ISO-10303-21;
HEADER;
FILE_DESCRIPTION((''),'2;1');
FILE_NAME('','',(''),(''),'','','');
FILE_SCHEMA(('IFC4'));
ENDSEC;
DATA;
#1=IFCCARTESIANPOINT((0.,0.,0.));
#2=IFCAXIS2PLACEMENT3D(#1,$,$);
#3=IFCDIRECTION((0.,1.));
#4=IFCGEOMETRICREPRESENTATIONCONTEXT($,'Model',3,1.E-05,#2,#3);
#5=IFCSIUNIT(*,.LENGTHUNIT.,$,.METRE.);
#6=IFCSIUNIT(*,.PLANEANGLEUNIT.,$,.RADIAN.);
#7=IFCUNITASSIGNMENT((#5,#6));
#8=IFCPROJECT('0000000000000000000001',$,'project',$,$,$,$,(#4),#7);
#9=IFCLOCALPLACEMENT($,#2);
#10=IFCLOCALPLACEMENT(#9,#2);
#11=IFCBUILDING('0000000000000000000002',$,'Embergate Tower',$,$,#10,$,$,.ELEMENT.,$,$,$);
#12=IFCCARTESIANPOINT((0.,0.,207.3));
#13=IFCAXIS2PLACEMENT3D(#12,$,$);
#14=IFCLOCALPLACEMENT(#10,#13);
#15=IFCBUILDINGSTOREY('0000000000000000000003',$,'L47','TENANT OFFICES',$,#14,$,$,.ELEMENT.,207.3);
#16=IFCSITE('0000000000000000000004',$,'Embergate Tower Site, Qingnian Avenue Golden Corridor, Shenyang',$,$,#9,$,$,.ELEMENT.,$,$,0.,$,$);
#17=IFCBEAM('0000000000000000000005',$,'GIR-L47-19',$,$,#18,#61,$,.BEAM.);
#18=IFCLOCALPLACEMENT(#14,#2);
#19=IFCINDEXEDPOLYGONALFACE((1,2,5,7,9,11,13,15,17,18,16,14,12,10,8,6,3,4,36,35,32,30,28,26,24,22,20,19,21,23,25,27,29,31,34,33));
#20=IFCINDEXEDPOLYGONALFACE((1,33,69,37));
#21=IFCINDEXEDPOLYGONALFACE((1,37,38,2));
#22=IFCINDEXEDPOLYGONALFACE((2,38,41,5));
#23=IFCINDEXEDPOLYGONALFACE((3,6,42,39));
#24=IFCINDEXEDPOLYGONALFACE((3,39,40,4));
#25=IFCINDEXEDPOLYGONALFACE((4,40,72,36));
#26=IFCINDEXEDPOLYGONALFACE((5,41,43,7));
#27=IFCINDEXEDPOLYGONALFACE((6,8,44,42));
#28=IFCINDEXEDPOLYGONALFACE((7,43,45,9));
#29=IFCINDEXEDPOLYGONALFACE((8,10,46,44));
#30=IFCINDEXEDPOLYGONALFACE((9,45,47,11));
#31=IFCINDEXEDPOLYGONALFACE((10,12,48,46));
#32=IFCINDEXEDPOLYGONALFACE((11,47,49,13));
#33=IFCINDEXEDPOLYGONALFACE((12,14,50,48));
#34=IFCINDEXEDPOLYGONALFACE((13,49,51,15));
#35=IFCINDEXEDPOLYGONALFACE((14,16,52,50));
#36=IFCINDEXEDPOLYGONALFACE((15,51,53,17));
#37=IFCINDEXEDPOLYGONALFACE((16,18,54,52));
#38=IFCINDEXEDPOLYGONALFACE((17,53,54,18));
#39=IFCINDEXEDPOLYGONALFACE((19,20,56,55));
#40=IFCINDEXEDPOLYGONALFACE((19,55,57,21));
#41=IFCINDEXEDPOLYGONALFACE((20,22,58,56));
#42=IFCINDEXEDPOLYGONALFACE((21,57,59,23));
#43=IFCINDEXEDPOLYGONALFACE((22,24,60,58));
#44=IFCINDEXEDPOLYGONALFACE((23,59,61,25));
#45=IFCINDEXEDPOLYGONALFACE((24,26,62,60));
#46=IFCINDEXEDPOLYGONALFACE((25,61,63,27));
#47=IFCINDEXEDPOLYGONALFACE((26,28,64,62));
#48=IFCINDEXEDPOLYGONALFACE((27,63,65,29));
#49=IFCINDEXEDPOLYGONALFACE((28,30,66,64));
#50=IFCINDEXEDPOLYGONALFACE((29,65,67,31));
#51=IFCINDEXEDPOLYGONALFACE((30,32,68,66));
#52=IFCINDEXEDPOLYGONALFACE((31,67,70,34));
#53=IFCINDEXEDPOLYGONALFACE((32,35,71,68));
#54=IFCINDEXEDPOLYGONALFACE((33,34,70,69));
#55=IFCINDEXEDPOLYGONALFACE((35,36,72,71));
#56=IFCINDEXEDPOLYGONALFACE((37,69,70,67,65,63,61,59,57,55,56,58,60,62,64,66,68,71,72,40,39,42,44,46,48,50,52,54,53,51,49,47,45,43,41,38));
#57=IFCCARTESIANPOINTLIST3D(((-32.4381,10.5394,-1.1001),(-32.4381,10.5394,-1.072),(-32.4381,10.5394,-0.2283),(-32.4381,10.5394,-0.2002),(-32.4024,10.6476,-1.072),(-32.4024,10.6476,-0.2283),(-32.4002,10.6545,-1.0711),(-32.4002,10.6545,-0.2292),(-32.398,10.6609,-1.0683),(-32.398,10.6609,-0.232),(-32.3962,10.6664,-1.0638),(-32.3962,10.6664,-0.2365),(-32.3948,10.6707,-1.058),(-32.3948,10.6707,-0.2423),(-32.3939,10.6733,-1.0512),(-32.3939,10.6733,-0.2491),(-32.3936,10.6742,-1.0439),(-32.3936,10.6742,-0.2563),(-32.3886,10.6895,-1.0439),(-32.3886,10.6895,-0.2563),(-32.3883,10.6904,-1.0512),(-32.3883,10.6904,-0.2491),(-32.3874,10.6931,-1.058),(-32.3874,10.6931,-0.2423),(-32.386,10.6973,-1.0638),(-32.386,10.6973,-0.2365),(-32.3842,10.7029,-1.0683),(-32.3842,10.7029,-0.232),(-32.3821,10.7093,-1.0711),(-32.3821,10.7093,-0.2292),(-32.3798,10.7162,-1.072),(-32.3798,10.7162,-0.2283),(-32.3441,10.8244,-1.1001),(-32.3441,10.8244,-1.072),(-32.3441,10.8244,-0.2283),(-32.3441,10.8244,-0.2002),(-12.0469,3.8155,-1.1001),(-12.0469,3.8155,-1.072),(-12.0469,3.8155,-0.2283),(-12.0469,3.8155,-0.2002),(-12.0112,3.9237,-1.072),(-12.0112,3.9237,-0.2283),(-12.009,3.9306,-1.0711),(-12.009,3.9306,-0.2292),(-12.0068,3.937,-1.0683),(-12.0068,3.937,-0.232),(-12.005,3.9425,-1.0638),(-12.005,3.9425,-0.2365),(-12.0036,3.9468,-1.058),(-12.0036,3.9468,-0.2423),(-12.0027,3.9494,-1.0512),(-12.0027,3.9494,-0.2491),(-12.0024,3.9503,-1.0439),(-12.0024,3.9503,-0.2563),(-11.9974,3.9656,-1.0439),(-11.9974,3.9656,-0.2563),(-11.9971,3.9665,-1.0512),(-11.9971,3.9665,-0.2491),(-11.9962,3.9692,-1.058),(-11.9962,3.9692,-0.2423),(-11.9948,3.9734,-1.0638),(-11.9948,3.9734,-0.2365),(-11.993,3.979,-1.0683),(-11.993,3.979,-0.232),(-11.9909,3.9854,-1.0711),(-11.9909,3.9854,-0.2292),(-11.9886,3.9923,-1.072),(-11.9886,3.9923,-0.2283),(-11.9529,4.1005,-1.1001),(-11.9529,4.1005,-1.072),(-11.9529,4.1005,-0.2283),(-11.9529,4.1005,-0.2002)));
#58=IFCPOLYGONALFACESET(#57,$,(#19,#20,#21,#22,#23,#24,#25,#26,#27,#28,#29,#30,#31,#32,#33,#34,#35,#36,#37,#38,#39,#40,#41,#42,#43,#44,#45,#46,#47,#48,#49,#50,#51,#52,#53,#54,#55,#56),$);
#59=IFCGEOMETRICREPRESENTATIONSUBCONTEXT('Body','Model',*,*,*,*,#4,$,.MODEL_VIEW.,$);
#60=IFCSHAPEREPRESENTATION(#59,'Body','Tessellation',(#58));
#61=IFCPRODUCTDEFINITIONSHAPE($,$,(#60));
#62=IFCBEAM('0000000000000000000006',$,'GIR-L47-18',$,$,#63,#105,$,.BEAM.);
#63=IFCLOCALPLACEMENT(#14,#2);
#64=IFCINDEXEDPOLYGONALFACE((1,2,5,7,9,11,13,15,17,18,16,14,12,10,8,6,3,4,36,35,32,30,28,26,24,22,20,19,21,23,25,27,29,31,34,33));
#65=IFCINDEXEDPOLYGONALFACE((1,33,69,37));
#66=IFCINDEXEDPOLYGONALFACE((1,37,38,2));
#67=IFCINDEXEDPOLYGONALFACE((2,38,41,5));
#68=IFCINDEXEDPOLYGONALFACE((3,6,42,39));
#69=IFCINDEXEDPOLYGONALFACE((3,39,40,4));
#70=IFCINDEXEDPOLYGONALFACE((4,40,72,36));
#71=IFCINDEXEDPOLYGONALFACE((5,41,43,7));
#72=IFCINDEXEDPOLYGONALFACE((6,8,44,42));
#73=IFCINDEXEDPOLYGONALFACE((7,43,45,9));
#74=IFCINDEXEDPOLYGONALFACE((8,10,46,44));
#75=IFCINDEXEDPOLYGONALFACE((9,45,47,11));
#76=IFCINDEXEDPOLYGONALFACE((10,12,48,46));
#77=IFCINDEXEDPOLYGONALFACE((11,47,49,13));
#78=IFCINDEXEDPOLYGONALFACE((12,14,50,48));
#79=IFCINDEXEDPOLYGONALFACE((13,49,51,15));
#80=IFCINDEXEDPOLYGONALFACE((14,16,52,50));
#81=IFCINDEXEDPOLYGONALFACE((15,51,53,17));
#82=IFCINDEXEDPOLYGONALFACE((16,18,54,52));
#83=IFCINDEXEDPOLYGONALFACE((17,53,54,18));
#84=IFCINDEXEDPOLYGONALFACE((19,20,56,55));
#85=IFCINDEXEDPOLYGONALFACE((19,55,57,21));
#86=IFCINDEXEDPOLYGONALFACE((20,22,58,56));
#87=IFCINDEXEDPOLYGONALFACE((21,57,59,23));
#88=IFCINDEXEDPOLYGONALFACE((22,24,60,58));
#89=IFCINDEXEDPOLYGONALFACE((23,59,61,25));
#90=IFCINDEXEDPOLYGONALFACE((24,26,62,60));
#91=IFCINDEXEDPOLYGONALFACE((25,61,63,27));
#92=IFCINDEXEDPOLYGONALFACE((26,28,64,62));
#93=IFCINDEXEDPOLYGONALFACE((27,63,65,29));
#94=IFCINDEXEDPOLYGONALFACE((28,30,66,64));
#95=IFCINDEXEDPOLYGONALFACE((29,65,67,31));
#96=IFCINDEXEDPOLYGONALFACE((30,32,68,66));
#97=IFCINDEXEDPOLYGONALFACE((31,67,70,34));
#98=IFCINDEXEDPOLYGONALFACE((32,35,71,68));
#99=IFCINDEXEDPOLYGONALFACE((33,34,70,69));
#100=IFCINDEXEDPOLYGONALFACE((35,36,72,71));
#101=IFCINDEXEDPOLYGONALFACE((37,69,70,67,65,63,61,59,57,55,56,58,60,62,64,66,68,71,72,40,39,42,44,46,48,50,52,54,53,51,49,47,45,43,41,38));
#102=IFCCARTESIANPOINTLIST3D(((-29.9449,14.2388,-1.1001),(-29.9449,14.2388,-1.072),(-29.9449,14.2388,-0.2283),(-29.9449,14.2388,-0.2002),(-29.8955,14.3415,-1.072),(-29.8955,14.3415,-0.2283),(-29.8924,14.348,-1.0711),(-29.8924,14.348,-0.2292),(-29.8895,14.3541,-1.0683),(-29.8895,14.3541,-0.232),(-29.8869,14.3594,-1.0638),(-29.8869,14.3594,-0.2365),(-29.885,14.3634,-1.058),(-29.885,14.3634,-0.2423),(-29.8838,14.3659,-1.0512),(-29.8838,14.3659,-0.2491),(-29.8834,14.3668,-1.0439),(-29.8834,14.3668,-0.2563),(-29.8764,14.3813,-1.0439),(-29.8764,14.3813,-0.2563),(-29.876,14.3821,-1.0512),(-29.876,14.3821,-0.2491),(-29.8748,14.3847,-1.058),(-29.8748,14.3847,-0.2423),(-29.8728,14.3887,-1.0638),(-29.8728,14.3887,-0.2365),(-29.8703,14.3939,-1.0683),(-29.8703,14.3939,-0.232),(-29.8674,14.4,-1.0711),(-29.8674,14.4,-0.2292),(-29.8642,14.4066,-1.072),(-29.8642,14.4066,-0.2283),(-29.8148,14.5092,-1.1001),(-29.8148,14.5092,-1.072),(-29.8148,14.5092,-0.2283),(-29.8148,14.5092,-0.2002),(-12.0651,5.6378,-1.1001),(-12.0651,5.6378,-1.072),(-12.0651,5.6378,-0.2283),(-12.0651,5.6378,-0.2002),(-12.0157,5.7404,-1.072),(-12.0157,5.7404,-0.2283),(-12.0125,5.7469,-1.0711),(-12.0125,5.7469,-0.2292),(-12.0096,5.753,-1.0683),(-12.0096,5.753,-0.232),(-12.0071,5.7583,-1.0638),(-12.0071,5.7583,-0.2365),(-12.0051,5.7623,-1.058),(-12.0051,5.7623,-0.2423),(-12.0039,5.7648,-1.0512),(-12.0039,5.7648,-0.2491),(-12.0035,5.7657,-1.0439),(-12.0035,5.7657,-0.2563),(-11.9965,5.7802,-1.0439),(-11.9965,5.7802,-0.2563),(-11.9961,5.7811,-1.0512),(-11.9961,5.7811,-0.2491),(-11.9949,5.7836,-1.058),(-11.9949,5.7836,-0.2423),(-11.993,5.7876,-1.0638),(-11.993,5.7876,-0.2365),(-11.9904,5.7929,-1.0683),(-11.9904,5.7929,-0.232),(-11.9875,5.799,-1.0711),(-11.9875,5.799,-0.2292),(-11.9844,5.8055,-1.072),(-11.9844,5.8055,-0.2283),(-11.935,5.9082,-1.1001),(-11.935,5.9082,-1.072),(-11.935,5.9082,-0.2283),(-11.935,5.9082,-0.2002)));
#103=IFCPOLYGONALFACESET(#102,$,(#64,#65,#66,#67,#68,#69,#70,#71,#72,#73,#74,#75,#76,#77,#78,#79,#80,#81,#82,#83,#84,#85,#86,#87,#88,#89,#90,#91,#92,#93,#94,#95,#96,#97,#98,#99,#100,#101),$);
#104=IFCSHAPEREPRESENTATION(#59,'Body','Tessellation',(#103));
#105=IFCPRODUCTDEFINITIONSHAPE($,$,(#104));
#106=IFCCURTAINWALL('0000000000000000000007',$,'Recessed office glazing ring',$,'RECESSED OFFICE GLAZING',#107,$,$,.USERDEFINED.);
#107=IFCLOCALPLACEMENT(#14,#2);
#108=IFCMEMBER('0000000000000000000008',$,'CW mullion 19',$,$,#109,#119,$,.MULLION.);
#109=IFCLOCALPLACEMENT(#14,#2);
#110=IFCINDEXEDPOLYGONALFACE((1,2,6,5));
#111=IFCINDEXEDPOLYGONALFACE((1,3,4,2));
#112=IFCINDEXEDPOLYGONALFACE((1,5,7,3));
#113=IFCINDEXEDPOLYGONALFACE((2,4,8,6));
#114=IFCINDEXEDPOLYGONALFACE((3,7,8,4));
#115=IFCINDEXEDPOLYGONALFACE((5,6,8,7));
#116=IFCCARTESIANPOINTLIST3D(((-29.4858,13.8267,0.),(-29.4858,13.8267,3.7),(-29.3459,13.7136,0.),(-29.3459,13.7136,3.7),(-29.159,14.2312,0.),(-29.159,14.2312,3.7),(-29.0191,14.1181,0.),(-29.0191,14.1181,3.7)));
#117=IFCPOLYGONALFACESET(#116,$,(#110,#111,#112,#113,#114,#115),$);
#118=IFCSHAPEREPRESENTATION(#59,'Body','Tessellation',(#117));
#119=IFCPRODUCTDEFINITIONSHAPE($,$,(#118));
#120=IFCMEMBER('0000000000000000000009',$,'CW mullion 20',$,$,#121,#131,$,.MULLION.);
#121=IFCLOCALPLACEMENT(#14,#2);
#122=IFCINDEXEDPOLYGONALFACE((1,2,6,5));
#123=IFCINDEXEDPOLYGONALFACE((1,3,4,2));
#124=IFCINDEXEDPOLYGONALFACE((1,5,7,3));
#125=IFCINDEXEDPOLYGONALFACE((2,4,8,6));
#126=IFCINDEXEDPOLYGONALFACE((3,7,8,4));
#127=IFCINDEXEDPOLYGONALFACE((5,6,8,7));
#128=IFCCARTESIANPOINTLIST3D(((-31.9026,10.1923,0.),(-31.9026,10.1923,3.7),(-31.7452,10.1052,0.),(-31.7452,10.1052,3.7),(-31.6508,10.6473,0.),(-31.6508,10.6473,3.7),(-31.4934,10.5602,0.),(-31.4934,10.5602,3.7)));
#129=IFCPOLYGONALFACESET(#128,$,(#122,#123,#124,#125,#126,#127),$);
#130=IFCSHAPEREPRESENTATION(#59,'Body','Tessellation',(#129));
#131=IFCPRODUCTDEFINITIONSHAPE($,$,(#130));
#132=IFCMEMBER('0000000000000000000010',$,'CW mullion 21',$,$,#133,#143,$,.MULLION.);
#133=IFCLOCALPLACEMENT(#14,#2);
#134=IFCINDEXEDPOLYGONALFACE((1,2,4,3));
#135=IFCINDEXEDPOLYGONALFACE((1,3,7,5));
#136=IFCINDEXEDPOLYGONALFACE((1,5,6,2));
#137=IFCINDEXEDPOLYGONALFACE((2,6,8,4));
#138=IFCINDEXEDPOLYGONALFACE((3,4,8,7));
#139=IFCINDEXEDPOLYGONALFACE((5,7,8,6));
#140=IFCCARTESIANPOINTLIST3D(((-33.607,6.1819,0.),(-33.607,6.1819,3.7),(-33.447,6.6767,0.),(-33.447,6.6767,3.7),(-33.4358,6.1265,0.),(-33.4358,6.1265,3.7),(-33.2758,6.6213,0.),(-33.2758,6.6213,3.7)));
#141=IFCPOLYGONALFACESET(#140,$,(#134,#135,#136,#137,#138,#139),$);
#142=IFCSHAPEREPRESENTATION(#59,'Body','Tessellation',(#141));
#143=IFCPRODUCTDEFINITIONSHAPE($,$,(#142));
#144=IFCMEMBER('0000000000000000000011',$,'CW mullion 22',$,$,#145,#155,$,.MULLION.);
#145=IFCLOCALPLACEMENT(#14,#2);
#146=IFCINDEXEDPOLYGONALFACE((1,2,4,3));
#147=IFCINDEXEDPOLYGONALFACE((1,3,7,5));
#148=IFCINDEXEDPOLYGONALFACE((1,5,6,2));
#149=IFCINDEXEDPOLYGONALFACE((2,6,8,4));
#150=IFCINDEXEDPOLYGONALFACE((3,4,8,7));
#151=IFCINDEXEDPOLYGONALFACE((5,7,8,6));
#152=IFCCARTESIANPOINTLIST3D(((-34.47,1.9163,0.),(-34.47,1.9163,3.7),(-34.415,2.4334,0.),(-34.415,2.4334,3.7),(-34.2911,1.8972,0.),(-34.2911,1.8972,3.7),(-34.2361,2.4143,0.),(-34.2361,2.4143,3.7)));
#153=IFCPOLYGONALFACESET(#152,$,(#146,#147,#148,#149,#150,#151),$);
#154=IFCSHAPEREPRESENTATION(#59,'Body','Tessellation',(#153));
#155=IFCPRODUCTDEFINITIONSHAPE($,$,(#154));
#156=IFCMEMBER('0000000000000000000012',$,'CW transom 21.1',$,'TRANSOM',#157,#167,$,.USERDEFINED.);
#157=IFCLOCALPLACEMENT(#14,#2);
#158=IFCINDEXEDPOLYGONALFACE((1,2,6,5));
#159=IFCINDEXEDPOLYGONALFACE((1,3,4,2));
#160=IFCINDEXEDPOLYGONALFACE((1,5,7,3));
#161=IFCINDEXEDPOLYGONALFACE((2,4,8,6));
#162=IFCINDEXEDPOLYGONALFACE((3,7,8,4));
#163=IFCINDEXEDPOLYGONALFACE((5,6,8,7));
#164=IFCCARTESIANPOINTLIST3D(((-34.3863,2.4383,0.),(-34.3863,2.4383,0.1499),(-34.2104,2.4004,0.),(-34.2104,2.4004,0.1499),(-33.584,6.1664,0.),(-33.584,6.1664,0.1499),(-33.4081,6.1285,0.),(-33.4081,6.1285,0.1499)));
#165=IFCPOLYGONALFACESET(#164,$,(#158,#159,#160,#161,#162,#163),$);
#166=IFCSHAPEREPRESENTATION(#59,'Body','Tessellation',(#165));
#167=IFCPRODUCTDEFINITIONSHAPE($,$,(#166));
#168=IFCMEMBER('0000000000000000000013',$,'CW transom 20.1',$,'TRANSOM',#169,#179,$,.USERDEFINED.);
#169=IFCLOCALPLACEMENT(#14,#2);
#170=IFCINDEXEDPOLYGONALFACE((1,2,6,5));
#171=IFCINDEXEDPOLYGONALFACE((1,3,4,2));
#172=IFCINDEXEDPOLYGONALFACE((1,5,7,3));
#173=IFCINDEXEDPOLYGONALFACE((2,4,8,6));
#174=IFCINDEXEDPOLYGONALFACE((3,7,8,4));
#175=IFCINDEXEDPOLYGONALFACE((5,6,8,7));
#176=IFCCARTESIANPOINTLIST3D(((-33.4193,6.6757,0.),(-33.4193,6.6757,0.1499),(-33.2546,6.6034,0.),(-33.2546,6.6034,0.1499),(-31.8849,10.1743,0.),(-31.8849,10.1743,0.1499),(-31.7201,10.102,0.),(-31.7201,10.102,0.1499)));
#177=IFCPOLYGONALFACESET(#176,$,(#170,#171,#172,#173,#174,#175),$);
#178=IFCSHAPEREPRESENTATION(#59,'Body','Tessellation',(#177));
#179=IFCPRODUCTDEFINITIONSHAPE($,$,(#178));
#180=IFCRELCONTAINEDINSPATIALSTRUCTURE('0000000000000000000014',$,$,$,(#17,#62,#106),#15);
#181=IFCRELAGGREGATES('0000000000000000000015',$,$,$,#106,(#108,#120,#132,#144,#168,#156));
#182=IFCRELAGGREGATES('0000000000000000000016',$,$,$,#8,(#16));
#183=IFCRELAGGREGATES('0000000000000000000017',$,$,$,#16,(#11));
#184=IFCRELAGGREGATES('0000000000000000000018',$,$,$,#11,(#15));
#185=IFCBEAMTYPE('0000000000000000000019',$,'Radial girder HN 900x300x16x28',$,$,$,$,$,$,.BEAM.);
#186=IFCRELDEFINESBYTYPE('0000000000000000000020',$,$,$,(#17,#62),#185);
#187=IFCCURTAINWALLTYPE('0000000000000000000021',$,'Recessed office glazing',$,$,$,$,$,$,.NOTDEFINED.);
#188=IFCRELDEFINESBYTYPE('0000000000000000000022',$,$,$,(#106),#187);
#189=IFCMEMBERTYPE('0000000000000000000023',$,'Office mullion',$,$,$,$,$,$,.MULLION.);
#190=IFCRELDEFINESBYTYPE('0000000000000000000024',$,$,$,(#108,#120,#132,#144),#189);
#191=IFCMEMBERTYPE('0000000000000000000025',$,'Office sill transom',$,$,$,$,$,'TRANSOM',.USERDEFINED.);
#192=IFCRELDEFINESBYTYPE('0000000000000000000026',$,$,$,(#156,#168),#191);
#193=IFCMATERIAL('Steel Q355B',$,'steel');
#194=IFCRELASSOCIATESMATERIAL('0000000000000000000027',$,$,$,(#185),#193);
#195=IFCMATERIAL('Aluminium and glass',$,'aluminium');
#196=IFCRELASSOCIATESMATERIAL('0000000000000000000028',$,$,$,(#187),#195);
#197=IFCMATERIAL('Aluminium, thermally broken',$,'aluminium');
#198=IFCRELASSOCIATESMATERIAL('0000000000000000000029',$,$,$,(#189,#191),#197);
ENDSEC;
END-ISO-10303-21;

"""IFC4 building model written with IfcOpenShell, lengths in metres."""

from ifc_helpers import new_model, si_unit, direction, frame, origin, origin_2d, place, context, subcontext, project, spatial, rectangle, i_section, extrude, source, transform, mapped, material, material_profile, profile_set, type_object, element, aggregate, save


model = new_model("IFC4")

# Units and contexts
model_context = context("Model", 3, precision=1e-05, world=origin(), true_north=direction((0.0, 1.0)))
body_context = subcontext(model_context, "Body", "Model", "MODEL_VIEW")
ifc_project = project(units=[si_unit("LENGTHUNIT", "METRE"), si_unit("PLANEANGLEUNIT", "RADIAN")], contexts=[model_context])

# Site, building, storey
site_placement = place(None, origin())
site = spatial("IfcSite", under=ifc_project, at=site_placement, Name="Embergate Tower Site, Qingnian Avenue Golden Corridor, Shenyang", CompositionType="ELEMENT", RefElevation=0.0)
building_placement = place(site_placement, origin())
building = spatial("IfcBuilding", under=site, at=building_placement, Name="Embergate Tower", CompositionType="ELEMENT")
storey_placement = place(building_placement, frame((0.0, 0.0, 207.3)))
storey = spatial("IfcBuildingStorey", under=building, at=storey_placement, Name="L47", Description="TENANT OFFICES", CompositionType="ELEMENT", Elevation=207.3)

# Beams
ifc_material_1 = material(Name="Steel Q355B", Category="steel")
ifc_material_profile_1 = material_profile(ifc_material_1, i_section(OverallWidth=0.3, OverallDepth=0.8999, WebThickness=0.0161, FlangeThickness=0.0281, FilletRadius=0.0281, at=origin_2d()), Name="HN 900x300x16x28")
ifc_profile_set_1 = profile_set([ifc_material_profile_1], Name="Steel Q355 grade B")
beam_type_1 = type_object("IfcBeamType", Name="Radial girder HN 900x300x16x28", PredefinedType="BEAM", material=ifc_profile_set_1)
shared_shape_1 = source(origin(), body_context, "Body", "SweptSolid", [
    extrude(i_section(OverallWidth=0.3, OverallDepth=0.8999, WebThickness=0.0161, FlangeThickness=0.0281, FilletRadius=0.0281, at=origin_2d()), origin(), (0.0, 0.0, 1.0), 21.4712),
])
beam_1_placement = place(storey_placement, frame((-32.3911, 10.6819, -0.6501), z_axis=(0.949701, -0.313159, 0.0), x_axis=(0.313159, 0.949701, 0.0)))
element("IfcBeam", 1, at=beam_1_placement, inside=storey, type_object=beam_type_1, Name="GIR-L47-19", PredefinedType="BEAM", context=body_context, shape_type="MappedRepresentation", body=[
    mapped(shared_shape_1, transform((0.0, 0.0, 0.0))),
])
shared_shape_2 = source(origin(), body_context, "Body", "SweptSolid", [
    extrude(i_section(OverallWidth=0.3, OverallDepth=0.8999, WebThickness=0.0161, FlangeThickness=0.0281, FilletRadius=0.0281, at=origin_2d()), origin(), (0.0, 0.0, 1.0), 19.8411),
])
beam_2_placement = place(storey_placement, frame((-29.8799, 14.374, -0.6501), z_axis=(0.901154, -0.433498, 0.0), x_axis=(0.433498, 0.901154, 0.0)))
element("IfcBeam", 2, at=beam_2_placement, inside=storey, type_object=beam_type_1, Name="GIR-L47-18", PredefinedType="BEAM", context=body_context, shape_type="MappedRepresentation", body=[
    mapped(shared_shape_2, transform((0.0, 0.0, 0.0))),
])

# Curtain wall, members
ifc_material_2 = material(Name="Aluminium and glass", Category="aluminium")
curtain_wall_type = type_object("IfcCurtainWallType", Name="Recessed office glazing", PredefinedType="NOTDEFINED", material=ifc_material_2)
curtain_wall_placement = place(storey_placement, origin())
curtain_wall = element("IfcCurtainWall", 3, at=curtain_wall_placement, inside=storey, type_object=curtain_wall_type, Name="Recessed office glazing ring", ObjectType="RECESSED OFFICE GLAZING", PredefinedType="USERDEFINED")
ifc_material_3 = material(Name="Aluminium, thermally broken", Category="aluminium")
ifc_material_profile_2 = material_profile(ifc_material_3, rectangle(XDim=0.1799, YDim=0.52, at=origin_2d()), Name="AL 520x180")
ifc_profile_set_2 = profile_set([ifc_material_profile_2], Name="Aluminium, thermally broken")
member_type_1 = type_object("IfcMemberType", Name="Office mullion", PredefinedType="MULLION", material=ifc_profile_set_2)
shared_shape_3 = source(origin(), body_context, "Body", "SweptSolid", [
    extrude(rectangle(XDim=0.1799, YDim=0.52, at=origin_2d()), origin(), (0.0, 0.0, 1.0), 3.7),
])
member_1_placement = place(storey_placement, frame((-29.2524, 13.9724, 0.0), z_axis=(0.0, 0.0, 1.0), x_axis=(0.777875, -0.628419, 0.0)))
member_1 = element("IfcMember", 4, at=member_1_placement, type_object=member_type_1, Name="CW mullion 19", PredefinedType="MULLION", context=body_context, shape_type="MappedRepresentation", body=[
    mapped(shared_shape_3, transform((0.0, 0.0, 0.0))),
])
member_2_placement = place(storey_placement, frame((-31.698, 10.3762, 0.0), z_axis=(0.0, 0.0, 1.0), x_axis=(0.875003, -0.484118, 0.0)))
member_2 = element("IfcMember", 5, at=member_2_placement, type_object=member_type_1, Name="CW mullion 20", PredefinedType="MULLION", context=body_context, shape_type="MappedRepresentation", body=[
    mapped(shared_shape_3, transform((0.0, 0.0, 0.0))),
])
member_3_placement = place(storey_placement, frame((-33.4414, 6.4016, 0.0), z_axis=(0.0, 0.0, 1.0), x_axis=(0.951498, -0.307656, 0.0)))
member_3 = element("IfcMember", 6, at=member_3_placement, type_object=member_type_1, Name="CW mullion 21", PredefinedType="MULLION", context=body_context, shape_type="MappedRepresentation", body=[
    mapped(shared_shape_3, transform((0.0, 0.0, 0.0))),
])
member_4_placement = place(storey_placement, frame((-34.353, 2.1653, 0.0), z_axis=(0.0, 0.0, 1.0), x_axis=(0.994385, -0.105823, 0.0)))
member_4 = element("IfcMember", 7, at=member_4_placement, type_object=member_type_1, Name="CW mullion 22", PredefinedType="MULLION", context=body_context, shape_type="MappedRepresentation", body=[
    mapped(shared_shape_3, transform((0.0, 0.0, 0.0))),
])
ifc_material_profile_3 = material_profile(ifc_material_3, rectangle(XDim=0.1799, YDim=0.1499, at=origin_2d()), Name="AL 150x180")
ifc_profile_set_3 = profile_set([ifc_material_profile_3], Name="Aluminium, thermally broken")
member_type_2 = type_object("IfcMemberType", Name="Office sill transom", ElementType="TRANSOM", PredefinedType="USERDEFINED", material=ifc_profile_set_3)
shared_shape_4 = source(origin(), body_context, "Body", "SweptSolid", [
    extrude(rectangle(XDim=0.1799, YDim=0.1499, at=origin_2d()), origin(), (0.0, 0.0, 1.0), 3.8135),
])
member_5_placement = place(storey_placement, frame((-33.4961, 6.1475, 0.075), z_axis=(-0.210377, -0.97762, 0.0), x_axis=(0.97762, -0.210377, 0.0)))
member_5 = element("IfcMember", 8, at=member_5_placement, type_object=member_type_2, Name="CW transom 21.1", ObjectType="TRANSOM", PredefinedType="USERDEFINED", context=body_context, shape_type="MappedRepresentation", body=[
    mapped(shared_shape_4, transform((0.0, 0.0, 0.0))),
])
shared_shape_5 = source(origin(), body_context, "Body", "SweptSolid", [
    extrude(rectangle(XDim=0.1799, YDim=0.1499, at=origin_2d()), origin(), (0.0, 0.0, 1.0), 3.8203),
])
member_6_placement = place(storey_placement, frame((-31.8025, 10.1382, 0.075), z_axis=(-0.401657, -0.91579, 0.0), x_axis=(0.91579, -0.401657, 0.0)))
member_6 = element("IfcMember", 9, at=member_6_placement, type_object=member_type_2, Name="CW transom 20.1", ObjectType="TRANSOM", PredefinedType="USERDEFINED", context=body_context, shape_type="MappedRepresentation", body=[
    mapped(shared_shape_5, transform((0.0, 0.0, 0.0))),
])
aggregate(curtain_wall, [member_1, member_2, member_3, member_4, member_6, member_5])

save(model, "model.ifc")
